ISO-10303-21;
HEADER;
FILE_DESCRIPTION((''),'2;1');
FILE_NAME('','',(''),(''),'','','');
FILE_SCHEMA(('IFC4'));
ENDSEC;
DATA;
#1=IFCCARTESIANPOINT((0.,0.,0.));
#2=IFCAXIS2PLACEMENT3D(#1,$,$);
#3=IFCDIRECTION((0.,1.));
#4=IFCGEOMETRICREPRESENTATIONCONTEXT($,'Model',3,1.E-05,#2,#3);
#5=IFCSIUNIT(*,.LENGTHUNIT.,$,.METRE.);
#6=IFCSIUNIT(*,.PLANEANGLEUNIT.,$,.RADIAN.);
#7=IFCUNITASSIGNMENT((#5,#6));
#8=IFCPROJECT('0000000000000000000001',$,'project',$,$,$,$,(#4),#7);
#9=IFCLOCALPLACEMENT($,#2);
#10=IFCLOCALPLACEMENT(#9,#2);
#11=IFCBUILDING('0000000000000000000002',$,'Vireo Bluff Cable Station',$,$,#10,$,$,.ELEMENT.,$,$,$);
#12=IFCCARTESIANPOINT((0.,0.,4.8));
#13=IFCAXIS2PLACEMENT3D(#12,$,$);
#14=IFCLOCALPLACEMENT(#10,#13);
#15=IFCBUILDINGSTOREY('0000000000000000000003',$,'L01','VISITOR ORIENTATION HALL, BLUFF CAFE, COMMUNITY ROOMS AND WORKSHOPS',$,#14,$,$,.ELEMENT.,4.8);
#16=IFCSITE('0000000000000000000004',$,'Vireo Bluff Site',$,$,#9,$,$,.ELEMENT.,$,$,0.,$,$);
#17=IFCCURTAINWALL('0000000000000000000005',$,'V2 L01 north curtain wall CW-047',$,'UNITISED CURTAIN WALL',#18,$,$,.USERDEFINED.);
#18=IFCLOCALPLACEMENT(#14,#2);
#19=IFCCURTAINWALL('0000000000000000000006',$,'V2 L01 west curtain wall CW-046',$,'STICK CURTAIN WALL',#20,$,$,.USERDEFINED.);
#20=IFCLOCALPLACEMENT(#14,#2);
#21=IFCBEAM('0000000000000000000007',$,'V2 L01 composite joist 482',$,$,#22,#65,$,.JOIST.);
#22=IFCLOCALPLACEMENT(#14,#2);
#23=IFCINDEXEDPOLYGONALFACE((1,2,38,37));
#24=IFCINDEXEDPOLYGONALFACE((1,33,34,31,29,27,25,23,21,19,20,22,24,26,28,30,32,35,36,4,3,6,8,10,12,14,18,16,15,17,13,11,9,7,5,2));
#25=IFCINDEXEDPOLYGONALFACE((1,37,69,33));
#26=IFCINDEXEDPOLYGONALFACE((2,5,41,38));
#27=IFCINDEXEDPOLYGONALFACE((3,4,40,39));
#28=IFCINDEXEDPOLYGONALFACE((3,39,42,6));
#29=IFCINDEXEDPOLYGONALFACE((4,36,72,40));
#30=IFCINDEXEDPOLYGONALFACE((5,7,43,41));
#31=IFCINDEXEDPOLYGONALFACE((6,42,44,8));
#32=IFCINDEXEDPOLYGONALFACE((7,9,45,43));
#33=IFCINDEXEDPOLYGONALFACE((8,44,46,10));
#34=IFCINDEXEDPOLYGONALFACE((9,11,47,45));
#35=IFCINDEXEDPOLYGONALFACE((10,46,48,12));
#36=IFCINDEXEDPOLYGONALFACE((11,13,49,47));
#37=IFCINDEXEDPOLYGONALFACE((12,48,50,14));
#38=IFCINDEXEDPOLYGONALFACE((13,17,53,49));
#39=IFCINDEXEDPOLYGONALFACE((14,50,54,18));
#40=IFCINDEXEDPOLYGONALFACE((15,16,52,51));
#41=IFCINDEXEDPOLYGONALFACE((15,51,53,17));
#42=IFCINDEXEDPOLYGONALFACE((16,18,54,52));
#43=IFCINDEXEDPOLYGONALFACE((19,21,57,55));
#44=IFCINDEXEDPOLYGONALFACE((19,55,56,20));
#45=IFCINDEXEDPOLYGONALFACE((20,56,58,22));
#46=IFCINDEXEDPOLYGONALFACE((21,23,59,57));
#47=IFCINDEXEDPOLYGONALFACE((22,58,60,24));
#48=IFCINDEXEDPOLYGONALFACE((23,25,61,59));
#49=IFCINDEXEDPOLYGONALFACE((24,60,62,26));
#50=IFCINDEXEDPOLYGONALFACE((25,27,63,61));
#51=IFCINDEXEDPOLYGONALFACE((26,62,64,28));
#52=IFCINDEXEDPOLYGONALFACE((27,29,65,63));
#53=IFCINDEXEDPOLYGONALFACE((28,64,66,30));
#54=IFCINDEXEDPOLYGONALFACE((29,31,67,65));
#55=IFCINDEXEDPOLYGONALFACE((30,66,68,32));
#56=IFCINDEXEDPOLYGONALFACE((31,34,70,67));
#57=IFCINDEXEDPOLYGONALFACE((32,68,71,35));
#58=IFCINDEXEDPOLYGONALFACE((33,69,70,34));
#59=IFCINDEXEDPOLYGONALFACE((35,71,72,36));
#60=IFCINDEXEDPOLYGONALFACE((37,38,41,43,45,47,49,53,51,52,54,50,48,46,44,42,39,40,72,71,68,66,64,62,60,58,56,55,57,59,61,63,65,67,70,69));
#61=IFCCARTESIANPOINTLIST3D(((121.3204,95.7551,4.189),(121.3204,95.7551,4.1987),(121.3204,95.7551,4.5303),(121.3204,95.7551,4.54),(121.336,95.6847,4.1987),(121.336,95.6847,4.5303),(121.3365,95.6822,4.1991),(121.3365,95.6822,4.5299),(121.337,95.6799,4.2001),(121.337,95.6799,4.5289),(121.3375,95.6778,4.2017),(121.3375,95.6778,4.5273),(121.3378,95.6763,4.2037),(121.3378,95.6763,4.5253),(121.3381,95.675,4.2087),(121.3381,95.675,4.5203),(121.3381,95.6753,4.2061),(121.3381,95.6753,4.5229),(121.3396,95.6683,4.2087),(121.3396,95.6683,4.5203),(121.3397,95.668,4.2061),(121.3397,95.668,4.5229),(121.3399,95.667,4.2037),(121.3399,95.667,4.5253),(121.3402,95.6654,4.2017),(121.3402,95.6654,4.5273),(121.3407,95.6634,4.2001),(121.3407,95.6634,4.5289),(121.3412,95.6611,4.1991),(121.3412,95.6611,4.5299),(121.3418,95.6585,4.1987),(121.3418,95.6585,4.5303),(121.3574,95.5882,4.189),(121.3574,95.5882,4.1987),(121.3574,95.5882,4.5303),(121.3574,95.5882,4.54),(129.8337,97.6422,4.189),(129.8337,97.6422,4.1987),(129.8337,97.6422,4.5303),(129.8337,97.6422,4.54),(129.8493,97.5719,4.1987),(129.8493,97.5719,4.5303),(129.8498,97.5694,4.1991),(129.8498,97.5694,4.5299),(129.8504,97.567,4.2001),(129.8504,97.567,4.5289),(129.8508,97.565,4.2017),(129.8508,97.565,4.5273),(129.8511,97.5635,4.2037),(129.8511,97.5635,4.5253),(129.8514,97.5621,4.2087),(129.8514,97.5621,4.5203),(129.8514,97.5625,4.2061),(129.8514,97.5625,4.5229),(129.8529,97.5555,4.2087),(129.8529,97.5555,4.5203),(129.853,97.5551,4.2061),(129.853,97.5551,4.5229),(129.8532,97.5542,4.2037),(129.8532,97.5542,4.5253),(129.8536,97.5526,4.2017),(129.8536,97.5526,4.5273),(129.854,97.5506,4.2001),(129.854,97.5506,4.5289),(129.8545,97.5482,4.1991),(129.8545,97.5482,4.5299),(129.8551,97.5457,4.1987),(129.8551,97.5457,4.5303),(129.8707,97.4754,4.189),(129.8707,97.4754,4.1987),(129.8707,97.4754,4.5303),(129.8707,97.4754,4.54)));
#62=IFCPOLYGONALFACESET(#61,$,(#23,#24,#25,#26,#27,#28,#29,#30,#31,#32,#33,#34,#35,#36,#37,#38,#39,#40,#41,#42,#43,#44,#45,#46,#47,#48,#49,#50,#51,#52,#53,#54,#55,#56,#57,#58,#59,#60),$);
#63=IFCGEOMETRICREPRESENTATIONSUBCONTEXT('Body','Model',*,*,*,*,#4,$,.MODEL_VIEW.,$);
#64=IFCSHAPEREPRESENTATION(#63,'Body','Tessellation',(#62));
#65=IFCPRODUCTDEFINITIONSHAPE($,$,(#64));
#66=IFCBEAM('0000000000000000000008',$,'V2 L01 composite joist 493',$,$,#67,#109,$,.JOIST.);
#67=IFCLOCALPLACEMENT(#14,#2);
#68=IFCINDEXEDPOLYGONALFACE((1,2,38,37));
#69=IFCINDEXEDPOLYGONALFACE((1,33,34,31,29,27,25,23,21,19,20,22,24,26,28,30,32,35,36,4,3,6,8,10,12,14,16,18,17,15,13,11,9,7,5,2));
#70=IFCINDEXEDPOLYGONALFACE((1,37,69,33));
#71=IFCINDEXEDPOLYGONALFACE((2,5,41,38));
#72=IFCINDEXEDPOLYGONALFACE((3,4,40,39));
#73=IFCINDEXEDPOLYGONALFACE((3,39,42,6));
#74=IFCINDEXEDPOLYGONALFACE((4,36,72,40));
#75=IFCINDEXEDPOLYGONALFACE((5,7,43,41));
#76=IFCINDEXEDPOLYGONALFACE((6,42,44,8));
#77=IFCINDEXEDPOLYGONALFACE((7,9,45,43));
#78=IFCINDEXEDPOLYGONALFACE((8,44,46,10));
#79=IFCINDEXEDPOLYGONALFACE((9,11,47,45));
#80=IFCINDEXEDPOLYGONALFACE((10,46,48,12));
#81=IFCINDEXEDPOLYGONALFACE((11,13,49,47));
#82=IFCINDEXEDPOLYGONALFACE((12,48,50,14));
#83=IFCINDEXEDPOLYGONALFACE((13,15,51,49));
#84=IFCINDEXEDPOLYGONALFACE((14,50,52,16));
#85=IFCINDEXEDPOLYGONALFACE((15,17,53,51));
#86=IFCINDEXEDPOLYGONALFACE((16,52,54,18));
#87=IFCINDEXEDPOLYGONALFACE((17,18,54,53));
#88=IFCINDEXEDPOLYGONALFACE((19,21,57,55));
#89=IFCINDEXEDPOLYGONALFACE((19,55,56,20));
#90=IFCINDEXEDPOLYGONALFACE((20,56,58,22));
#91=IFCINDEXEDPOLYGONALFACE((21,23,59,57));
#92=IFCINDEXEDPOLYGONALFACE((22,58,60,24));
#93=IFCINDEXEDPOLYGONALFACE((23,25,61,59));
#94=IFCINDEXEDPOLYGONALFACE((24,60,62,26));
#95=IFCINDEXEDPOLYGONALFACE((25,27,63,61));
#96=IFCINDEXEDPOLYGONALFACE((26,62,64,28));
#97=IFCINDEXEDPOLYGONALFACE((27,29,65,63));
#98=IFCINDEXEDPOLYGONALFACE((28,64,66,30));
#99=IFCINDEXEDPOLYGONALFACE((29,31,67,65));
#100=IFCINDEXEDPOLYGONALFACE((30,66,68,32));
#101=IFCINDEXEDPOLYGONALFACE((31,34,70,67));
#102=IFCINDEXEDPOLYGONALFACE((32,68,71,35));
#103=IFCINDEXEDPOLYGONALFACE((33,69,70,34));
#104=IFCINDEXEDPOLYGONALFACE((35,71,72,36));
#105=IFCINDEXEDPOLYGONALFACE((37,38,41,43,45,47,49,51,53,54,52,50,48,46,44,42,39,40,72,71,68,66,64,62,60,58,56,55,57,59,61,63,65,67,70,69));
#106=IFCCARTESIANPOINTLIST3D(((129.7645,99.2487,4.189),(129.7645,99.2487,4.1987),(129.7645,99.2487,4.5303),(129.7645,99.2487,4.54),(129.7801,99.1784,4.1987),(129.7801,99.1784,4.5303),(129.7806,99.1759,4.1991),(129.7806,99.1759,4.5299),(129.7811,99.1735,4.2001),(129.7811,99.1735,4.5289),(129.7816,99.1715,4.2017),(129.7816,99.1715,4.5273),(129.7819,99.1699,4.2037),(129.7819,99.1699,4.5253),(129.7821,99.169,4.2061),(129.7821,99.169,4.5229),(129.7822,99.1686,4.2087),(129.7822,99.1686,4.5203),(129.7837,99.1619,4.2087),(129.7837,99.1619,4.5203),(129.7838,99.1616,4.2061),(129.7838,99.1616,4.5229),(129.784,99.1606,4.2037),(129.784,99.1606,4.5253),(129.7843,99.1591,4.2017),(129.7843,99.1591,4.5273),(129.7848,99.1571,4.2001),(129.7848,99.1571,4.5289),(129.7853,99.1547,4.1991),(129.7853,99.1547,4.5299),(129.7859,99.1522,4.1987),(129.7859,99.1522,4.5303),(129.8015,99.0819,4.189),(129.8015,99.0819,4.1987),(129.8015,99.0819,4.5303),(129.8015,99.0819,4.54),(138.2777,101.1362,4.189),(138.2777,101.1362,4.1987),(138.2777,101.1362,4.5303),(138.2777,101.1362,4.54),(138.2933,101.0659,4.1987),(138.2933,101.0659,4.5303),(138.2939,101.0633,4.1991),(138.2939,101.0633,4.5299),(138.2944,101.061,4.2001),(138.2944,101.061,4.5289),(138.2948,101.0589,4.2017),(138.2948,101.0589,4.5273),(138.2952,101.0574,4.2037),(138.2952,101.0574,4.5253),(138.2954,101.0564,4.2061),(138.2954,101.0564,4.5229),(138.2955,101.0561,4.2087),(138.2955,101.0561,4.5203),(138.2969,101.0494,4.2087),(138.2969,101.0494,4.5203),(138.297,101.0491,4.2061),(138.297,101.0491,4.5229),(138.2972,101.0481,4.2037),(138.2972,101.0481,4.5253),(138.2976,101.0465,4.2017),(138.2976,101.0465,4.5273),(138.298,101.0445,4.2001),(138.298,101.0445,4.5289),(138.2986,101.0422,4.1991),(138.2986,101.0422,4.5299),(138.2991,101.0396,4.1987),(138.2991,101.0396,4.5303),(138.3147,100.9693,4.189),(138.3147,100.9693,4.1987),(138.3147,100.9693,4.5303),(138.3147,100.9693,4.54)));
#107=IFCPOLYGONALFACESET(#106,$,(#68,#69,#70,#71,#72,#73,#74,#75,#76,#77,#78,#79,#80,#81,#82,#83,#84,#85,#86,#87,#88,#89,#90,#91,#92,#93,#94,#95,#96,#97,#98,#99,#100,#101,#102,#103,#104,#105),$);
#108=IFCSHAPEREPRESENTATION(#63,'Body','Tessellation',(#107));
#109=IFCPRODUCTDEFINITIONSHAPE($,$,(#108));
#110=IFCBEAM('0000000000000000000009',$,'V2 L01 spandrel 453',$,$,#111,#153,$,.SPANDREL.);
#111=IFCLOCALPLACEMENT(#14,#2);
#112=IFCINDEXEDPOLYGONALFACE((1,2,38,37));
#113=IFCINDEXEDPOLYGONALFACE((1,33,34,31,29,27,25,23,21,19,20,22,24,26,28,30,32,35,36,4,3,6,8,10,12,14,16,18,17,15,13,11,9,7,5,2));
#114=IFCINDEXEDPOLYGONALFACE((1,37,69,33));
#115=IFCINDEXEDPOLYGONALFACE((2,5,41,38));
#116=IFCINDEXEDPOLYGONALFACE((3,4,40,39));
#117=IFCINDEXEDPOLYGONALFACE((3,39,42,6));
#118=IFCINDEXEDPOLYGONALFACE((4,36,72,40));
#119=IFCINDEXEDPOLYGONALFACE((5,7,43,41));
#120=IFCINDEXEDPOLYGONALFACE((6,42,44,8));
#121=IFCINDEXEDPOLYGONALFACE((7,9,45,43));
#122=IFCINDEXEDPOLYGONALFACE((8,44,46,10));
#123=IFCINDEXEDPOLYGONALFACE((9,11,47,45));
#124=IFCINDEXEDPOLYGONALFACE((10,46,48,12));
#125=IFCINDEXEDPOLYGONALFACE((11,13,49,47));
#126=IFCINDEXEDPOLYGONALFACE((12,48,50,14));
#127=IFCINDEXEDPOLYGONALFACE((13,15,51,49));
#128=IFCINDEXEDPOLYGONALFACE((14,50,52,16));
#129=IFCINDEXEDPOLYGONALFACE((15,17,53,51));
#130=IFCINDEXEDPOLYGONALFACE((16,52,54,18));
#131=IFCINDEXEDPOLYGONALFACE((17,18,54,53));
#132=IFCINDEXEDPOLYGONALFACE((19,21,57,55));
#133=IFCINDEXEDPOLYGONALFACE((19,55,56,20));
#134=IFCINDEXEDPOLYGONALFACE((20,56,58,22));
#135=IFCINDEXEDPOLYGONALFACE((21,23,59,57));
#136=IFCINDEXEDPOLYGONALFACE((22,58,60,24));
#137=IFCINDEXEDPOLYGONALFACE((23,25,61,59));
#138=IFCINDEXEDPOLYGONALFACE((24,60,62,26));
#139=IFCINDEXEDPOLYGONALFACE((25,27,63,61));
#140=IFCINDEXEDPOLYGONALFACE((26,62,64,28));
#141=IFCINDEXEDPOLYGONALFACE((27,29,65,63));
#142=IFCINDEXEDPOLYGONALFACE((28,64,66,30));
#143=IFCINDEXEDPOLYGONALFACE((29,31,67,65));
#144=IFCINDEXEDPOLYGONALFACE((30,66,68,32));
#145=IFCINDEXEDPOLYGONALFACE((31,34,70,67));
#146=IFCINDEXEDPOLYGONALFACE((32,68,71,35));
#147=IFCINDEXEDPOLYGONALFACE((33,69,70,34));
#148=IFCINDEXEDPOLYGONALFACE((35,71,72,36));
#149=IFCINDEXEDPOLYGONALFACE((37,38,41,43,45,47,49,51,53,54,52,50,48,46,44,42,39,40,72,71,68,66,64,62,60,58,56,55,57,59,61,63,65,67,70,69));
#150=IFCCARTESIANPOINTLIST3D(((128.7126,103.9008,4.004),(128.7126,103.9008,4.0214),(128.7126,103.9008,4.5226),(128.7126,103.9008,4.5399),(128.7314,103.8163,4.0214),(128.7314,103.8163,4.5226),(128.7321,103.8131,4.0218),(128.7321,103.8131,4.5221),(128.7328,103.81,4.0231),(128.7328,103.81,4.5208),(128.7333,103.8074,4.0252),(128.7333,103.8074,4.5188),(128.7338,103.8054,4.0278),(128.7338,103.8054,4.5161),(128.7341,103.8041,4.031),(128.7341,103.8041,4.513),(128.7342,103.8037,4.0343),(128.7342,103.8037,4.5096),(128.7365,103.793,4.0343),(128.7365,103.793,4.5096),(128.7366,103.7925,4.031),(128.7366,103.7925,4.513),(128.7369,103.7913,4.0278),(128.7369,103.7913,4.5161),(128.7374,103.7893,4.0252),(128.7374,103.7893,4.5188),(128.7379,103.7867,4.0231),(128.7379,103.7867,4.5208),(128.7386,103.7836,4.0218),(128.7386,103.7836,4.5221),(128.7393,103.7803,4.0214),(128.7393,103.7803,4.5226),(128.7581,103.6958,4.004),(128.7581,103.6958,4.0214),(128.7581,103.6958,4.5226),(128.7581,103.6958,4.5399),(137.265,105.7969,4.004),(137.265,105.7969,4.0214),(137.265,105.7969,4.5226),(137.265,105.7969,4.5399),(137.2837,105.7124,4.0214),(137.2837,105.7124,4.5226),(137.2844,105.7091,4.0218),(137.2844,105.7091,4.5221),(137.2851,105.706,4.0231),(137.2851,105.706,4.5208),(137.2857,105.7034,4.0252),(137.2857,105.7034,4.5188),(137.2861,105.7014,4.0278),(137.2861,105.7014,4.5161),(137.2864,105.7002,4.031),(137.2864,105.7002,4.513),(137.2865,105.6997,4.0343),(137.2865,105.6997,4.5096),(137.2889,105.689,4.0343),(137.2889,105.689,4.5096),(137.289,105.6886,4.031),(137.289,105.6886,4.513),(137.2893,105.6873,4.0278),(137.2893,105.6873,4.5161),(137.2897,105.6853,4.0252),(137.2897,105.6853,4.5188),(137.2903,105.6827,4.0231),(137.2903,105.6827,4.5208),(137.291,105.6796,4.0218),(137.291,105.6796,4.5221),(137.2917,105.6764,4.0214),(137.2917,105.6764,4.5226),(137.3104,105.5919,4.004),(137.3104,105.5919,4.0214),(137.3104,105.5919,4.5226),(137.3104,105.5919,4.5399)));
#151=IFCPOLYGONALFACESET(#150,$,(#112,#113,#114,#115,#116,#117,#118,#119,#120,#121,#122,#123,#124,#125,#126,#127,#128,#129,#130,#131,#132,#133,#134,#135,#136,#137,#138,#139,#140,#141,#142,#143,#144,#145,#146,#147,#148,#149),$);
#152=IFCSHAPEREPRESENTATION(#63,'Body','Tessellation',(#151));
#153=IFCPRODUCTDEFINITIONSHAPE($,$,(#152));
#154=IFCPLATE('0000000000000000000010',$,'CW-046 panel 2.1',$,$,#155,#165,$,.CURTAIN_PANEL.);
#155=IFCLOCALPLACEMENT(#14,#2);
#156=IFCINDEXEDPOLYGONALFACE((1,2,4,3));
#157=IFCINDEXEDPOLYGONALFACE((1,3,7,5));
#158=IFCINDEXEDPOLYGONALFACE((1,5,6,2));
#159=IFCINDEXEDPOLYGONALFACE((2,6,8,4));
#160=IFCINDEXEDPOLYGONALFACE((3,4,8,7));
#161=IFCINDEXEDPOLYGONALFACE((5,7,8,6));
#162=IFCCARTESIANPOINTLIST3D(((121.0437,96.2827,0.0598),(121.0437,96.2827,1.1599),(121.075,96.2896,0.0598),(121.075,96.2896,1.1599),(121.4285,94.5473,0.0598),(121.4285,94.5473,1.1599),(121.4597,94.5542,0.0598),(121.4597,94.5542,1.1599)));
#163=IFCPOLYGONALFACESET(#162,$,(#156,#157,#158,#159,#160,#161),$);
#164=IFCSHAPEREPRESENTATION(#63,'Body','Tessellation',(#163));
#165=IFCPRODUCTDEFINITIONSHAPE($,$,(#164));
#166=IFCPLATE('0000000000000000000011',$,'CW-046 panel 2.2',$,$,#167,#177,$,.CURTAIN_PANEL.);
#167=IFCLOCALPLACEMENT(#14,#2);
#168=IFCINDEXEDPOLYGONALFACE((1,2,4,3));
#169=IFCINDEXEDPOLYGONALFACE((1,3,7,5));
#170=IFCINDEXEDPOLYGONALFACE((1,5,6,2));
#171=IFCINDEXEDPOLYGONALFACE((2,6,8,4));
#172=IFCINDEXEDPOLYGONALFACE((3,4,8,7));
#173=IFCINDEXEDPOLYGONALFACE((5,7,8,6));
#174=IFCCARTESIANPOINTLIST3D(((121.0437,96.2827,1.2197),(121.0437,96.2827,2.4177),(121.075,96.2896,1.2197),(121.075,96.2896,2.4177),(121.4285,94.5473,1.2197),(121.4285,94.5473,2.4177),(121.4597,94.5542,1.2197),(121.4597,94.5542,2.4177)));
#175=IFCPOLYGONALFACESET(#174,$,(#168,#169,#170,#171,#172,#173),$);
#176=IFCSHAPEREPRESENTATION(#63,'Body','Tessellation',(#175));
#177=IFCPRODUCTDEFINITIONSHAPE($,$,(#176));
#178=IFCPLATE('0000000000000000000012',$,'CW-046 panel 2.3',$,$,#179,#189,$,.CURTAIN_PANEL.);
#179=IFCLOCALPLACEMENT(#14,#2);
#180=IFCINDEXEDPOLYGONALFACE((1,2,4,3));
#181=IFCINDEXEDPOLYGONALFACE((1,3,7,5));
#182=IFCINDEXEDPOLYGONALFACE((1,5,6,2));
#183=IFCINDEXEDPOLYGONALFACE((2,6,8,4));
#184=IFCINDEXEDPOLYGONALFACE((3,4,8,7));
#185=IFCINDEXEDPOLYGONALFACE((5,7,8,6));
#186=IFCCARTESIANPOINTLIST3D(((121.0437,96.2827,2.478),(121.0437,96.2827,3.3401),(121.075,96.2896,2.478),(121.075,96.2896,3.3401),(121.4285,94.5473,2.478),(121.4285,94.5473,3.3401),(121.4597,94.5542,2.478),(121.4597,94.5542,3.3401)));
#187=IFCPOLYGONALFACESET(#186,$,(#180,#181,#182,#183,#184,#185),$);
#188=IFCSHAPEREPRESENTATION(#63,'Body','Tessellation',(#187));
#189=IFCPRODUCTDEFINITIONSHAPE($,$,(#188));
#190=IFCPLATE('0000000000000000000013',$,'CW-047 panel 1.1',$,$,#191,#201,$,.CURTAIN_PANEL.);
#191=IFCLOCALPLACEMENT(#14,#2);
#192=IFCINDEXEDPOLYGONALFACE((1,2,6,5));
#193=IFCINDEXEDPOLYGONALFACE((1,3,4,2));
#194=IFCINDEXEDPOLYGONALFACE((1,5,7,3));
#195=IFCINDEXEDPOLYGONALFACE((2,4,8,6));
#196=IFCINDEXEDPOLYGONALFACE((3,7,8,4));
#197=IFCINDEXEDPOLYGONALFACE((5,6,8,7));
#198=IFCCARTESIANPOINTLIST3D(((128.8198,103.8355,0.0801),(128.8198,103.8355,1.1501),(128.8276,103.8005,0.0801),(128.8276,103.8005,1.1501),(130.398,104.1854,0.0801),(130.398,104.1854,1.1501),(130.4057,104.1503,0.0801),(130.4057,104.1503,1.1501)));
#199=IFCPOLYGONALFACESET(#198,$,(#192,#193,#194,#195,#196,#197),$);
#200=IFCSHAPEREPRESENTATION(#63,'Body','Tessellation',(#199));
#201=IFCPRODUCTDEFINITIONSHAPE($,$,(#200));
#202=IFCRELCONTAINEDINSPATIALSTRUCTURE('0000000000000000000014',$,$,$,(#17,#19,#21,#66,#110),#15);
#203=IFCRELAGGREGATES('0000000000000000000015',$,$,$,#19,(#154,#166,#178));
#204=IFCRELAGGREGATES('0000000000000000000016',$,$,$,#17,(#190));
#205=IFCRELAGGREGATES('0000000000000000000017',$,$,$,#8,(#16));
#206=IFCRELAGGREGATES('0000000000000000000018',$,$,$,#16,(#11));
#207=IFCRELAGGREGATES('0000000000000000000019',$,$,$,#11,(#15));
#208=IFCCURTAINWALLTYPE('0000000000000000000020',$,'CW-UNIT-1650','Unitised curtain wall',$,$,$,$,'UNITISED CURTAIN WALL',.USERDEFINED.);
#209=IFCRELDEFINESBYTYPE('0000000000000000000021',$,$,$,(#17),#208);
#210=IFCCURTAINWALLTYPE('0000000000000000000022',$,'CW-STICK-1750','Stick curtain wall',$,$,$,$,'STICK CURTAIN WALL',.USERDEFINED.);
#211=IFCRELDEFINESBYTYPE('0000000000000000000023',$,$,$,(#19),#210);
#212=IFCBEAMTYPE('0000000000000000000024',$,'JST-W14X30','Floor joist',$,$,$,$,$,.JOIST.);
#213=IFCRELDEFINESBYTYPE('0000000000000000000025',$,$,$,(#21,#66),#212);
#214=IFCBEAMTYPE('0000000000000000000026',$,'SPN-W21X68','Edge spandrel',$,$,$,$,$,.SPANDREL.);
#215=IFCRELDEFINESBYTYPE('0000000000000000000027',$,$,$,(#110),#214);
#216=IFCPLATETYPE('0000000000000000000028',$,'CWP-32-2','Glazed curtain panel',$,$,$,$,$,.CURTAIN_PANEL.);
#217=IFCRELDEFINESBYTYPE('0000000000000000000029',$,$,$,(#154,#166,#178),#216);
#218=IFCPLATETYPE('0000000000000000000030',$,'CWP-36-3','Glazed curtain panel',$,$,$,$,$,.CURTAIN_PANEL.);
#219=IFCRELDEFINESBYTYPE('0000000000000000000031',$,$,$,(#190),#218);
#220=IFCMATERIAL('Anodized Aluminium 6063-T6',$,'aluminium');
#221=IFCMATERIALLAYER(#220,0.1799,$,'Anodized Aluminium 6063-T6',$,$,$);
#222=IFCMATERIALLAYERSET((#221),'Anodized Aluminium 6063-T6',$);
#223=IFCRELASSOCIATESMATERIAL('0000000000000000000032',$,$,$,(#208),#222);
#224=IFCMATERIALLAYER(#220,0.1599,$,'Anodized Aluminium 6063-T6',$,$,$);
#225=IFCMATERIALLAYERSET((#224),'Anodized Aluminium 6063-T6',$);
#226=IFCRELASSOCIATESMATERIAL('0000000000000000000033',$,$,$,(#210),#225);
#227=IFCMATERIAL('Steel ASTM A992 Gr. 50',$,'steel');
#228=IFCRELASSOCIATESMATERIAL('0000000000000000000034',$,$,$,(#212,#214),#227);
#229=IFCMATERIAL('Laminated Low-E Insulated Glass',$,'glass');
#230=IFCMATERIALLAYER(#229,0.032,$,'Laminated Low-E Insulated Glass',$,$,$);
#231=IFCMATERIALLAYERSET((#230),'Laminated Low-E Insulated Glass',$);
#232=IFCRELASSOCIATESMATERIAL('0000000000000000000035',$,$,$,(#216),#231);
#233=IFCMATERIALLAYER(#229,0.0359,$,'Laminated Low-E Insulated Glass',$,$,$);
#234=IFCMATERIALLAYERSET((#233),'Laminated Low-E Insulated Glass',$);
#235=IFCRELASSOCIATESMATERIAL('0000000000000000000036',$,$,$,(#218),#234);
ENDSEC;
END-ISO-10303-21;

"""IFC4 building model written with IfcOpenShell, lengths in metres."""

from ifc_helpers import new_model, si_unit, direction, frame, origin, origin_2d, place, context, subcontext, project, spatial, rectangle, i_section, extrude, material, layer, layer_set, material_profile, profile_set, type_object, element, aggregate, save


model = new_model("IFC4")

# Units and contexts
model_context = context("Model", 3, precision=1e-05, world=origin(), true_north=direction((0.0, 1.0)))
body_context = subcontext(model_context, "Body", "Model", "MODEL_VIEW")
ifc_project = project(units=[si_unit("LENGTHUNIT", "METRE"), si_unit("PLANEANGLEUNIT", "RADIAN")], contexts=[model_context])

# Site, building, storey
site_placement = place(None, origin())
site = spatial("IfcSite", under=ifc_project, at=site_placement, Name="Vireo Bluff Site", CompositionType="ELEMENT", RefElevation=0.0)
building_placement = place(site_placement, origin())
building = spatial("IfcBuilding", under=site, at=building_placement, Name="Vireo Bluff Cable Station", CompositionType="ELEMENT")
storey_placement = place(building_placement, frame((0.0, 0.0, 4.8)))
storey = spatial("IfcBuildingStorey", under=building, at=storey_placement, Name="L01", Description="VISITOR ORIENTATION HALL, BLUFF CAFE, COMMUNITY ROOMS AND WORKSHOPS", CompositionType="ELEMENT", Elevation=4.8)

# Shared definitions
ifc_material_1 = material(Name="Steel ASTM A992 Gr. 50", Category="steel")

# Curtain wall
ifc_material_2 = material(Name="Anodized Aluminium 6063-T6", Category="aluminium")
ifc_layer_1 = layer(ifc_material_2, 0.1799, Name="Anodized Aluminium 6063-T6")
ifc_layer_set_1 = layer_set([ifc_layer_1], Name="Anodized Aluminium 6063-T6")
curtain_wall_type_1 = type_object("IfcCurtainWallType", Name="CW-UNIT-1650", Description="Unitised curtain wall", ElementType="UNITISED CURTAIN WALL", PredefinedType="USERDEFINED", material=ifc_layer_set_1)
curtain_wall_1_placement = place(storey_placement, origin())
curtain_wall_1 = element("IfcCurtainWall", 1, at=curtain_wall_1_placement, inside=storey, type_object=curtain_wall_type_1, Name="V2 L01 north curtain wall CW-047", ObjectType="UNITISED CURTAIN WALL", PredefinedType="USERDEFINED")

# Curtain wall
ifc_layer_2 = layer(ifc_material_2, 0.1599, Name="Anodized Aluminium 6063-T6")
ifc_layer_set_2 = layer_set([ifc_layer_2], Name="Anodized Aluminium 6063-T6")
curtain_wall_type_2 = type_object("IfcCurtainWallType", Name="CW-STICK-1750", Description="Stick curtain wall", ElementType="STICK CURTAIN WALL", PredefinedType="USERDEFINED", material=ifc_layer_set_2)
curtain_wall_2_placement = place(storey_placement, origin())
curtain_wall_2 = element("IfcCurtainWall", 2, at=curtain_wall_2_placement, inside=storey, type_object=curtain_wall_type_2, Name="V2 L01 west curtain wall CW-046", ObjectType="STICK CURTAIN WALL", PredefinedType="USERDEFINED")

# Beams
ifc_material_profile_1 = material_profile(ifc_material_1, i_section(OverallWidth=0.1709, OverallDepth=0.3511, WebThickness=0.0068, FlangeThickness=0.0098, FilletRadius=0.01, at=origin_2d()), Name="W14X30")
ifc_profile_set_1 = profile_set([ifc_material_profile_1], Name="Steel ASTM A992 Gr. 50")
beam_type_1 = type_object("IfcBeamType", Name="JST-W14X30", Description="Floor joist", PredefinedType="JOIST", material=ifc_profile_set_1)
for number, where, z_axis, x_axis, name in (
    (3, (121.3389, 95.6716, 4.3645), (0.9763, 0.216421, 0.0), (-0.216421, 0.9763, 0.0), "V2 L01 composite joist 482"),
    (4, (129.783, 99.1653, 4.3645), (0.976293, 0.216453, 0.0), (-0.216453, 0.976293, 0.0), "V2 L01 composite joist 493"),
):
    element("IfcBeam", number, at=place(storey_placement, frame(where, z_axis=z_axis, x_axis=x_axis)), inside=storey, type_object=beam_type_1, Name=name, PredefinedType="JOIST", context=body_context, shape_type="SweptSolid", body=[
        extrude(i_section(OverallWidth=0.1709, OverallDepth=0.3511, WebThickness=0.0068, FlangeThickness=0.0098, FilletRadius=0.01, at=origin_2d()), origin(), (0.0, 0.0, 1.0), 8.72),
    ])
ifc_material_profile_2 = material_profile(ifc_material_1, i_section(OverallWidth=0.21, OverallDepth=0.5359, WebThickness=0.011, FlangeThickness=0.0173, FilletRadius=0.0129, at=origin_2d()), Name="W21X68")
ifc_profile_set_2 = profile_set([ifc_material_profile_2], Name="Steel ASTM A992 Gr. 50")
beam_type_2 = type_object("IfcBeamType", Name="SPN-W21X68", Description="Edge spandrel", PredefinedType="SPANDREL", material=ifc_profile_set_2)
beam_1_placement = place(storey_placement, frame((128.7354, 103.7983, 4.272), z_axis=(0.976296, 0.216441, 0.0), x_axis=(-0.216441, 0.976296, 0.0)))
element("IfcBeam", 5, at=beam_1_placement, inside=storey, type_object=beam_type_2, Name="V2 L01 spandrel 453", PredefinedType="SPANDREL", context=body_context, shape_type="SweptSolid", body=[
    extrude(i_section(OverallWidth=0.21, OverallDepth=0.5359, WebThickness=0.011, FlangeThickness=0.0173, FilletRadius=0.0129, at=origin_2d()), origin(), (0.0, 0.0, 1.0), 8.76),
])

# Plates
ifc_material_3 = material(Name="Laminated Low-E Insulated Glass", Category="glass")
ifc_layer_3 = layer(ifc_material_3, 0.032, Name="Laminated Low-E Insulated Glass")
ifc_layer_set_3 = layer_set([ifc_layer_3], Name="Laminated Low-E Insulated Glass")
plate_type_1 = type_object("IfcPlateType", Name="CWP-32-2", Description="Glazed curtain panel", PredefinedType="CURTAIN_PANEL", material=ifc_layer_set_3)
plate_1_placement = place(storey_placement, frame((121.2517, 95.4185, 0.0598), z_axis=(0.0, 0.0, 1.0), x_axis=(-0.21644, 0.976296, 0.0)))
plate_1 = element("IfcPlate", 6, at=plate_1_placement, type_object=plate_type_1, Name="CW-046 panel 2.1", PredefinedType="CURTAIN_PANEL", context=body_context, shape_type="SweptSolid", body=[
    extrude(rectangle(XDim=1.7776, YDim=0.032, at=origin_2d()), origin(), (0.0, 0.0, 1.0), 1.1001),
])
plate_2_placement = place(storey_placement, frame((121.2517, 95.4185, 1.2197), z_axis=(0.0, 0.0, 1.0), x_axis=(-0.21644, 0.976296, 0.0)))
plate_2 = element("IfcPlate", 7, at=plate_2_placement, type_object=plate_type_1, Name="CW-046 panel 2.2", PredefinedType="CURTAIN_PANEL", context=body_context, shape_type="SweptSolid", body=[
    extrude(rectangle(XDim=1.7776, YDim=0.032, at=origin_2d()), origin(), (0.0, 0.0, 1.0), 1.198),
])
plate_3_placement = place(storey_placement, frame((121.2517, 95.4185, 2.478), z_axis=(0.0, 0.0, 1.0), x_axis=(-0.21644, 0.976296, 0.0)))
plate_3 = element("IfcPlate", 8, at=plate_3_placement, type_object=plate_type_1, Name="CW-046 panel 2.3", PredefinedType="CURTAIN_PANEL", context=body_context, shape_type="SweptSolid", body=[
    extrude(rectangle(XDim=1.7776, YDim=0.032, at=origin_2d()), origin(), (0.0, 0.0, 1.0), 0.8621),
])
aggregate(curtain_wall_2, [plate_1, plate_2, plate_3])
ifc_layer_4 = layer(ifc_material_3, 0.0359, Name="Laminated Low-E Insulated Glass")
ifc_layer_set_4 = layer_set([ifc_layer_4], Name="Laminated Low-E Insulated Glass")
plate_type_2 = type_object("IfcPlateType", Name="CWP-36-3", Description="Glazed curtain panel", PredefinedType="CURTAIN_PANEL", material=ifc_layer_set_4)
plate_4_placement = place(storey_placement, frame((129.6128, 103.9929, 0.0801), z_axis=(0.0, 0.0, 1.0), x_axis=(0.976296, 0.21644, 0.0)))
plate_4 = element("IfcPlate", 9, at=plate_4_placement, type_object=plate_type_2, Name="CW-047 panel 1.1", PredefinedType="CURTAIN_PANEL", context=body_context, shape_type="SweptSolid", body=[
    extrude(rectangle(XDim=1.6165, YDim=0.0359, at=origin_2d()), origin(), (0.0, 0.0, 1.0), 1.0701),
])
aggregate(curtain_wall_1, [plate_4])

save(model, "model.ifc")
